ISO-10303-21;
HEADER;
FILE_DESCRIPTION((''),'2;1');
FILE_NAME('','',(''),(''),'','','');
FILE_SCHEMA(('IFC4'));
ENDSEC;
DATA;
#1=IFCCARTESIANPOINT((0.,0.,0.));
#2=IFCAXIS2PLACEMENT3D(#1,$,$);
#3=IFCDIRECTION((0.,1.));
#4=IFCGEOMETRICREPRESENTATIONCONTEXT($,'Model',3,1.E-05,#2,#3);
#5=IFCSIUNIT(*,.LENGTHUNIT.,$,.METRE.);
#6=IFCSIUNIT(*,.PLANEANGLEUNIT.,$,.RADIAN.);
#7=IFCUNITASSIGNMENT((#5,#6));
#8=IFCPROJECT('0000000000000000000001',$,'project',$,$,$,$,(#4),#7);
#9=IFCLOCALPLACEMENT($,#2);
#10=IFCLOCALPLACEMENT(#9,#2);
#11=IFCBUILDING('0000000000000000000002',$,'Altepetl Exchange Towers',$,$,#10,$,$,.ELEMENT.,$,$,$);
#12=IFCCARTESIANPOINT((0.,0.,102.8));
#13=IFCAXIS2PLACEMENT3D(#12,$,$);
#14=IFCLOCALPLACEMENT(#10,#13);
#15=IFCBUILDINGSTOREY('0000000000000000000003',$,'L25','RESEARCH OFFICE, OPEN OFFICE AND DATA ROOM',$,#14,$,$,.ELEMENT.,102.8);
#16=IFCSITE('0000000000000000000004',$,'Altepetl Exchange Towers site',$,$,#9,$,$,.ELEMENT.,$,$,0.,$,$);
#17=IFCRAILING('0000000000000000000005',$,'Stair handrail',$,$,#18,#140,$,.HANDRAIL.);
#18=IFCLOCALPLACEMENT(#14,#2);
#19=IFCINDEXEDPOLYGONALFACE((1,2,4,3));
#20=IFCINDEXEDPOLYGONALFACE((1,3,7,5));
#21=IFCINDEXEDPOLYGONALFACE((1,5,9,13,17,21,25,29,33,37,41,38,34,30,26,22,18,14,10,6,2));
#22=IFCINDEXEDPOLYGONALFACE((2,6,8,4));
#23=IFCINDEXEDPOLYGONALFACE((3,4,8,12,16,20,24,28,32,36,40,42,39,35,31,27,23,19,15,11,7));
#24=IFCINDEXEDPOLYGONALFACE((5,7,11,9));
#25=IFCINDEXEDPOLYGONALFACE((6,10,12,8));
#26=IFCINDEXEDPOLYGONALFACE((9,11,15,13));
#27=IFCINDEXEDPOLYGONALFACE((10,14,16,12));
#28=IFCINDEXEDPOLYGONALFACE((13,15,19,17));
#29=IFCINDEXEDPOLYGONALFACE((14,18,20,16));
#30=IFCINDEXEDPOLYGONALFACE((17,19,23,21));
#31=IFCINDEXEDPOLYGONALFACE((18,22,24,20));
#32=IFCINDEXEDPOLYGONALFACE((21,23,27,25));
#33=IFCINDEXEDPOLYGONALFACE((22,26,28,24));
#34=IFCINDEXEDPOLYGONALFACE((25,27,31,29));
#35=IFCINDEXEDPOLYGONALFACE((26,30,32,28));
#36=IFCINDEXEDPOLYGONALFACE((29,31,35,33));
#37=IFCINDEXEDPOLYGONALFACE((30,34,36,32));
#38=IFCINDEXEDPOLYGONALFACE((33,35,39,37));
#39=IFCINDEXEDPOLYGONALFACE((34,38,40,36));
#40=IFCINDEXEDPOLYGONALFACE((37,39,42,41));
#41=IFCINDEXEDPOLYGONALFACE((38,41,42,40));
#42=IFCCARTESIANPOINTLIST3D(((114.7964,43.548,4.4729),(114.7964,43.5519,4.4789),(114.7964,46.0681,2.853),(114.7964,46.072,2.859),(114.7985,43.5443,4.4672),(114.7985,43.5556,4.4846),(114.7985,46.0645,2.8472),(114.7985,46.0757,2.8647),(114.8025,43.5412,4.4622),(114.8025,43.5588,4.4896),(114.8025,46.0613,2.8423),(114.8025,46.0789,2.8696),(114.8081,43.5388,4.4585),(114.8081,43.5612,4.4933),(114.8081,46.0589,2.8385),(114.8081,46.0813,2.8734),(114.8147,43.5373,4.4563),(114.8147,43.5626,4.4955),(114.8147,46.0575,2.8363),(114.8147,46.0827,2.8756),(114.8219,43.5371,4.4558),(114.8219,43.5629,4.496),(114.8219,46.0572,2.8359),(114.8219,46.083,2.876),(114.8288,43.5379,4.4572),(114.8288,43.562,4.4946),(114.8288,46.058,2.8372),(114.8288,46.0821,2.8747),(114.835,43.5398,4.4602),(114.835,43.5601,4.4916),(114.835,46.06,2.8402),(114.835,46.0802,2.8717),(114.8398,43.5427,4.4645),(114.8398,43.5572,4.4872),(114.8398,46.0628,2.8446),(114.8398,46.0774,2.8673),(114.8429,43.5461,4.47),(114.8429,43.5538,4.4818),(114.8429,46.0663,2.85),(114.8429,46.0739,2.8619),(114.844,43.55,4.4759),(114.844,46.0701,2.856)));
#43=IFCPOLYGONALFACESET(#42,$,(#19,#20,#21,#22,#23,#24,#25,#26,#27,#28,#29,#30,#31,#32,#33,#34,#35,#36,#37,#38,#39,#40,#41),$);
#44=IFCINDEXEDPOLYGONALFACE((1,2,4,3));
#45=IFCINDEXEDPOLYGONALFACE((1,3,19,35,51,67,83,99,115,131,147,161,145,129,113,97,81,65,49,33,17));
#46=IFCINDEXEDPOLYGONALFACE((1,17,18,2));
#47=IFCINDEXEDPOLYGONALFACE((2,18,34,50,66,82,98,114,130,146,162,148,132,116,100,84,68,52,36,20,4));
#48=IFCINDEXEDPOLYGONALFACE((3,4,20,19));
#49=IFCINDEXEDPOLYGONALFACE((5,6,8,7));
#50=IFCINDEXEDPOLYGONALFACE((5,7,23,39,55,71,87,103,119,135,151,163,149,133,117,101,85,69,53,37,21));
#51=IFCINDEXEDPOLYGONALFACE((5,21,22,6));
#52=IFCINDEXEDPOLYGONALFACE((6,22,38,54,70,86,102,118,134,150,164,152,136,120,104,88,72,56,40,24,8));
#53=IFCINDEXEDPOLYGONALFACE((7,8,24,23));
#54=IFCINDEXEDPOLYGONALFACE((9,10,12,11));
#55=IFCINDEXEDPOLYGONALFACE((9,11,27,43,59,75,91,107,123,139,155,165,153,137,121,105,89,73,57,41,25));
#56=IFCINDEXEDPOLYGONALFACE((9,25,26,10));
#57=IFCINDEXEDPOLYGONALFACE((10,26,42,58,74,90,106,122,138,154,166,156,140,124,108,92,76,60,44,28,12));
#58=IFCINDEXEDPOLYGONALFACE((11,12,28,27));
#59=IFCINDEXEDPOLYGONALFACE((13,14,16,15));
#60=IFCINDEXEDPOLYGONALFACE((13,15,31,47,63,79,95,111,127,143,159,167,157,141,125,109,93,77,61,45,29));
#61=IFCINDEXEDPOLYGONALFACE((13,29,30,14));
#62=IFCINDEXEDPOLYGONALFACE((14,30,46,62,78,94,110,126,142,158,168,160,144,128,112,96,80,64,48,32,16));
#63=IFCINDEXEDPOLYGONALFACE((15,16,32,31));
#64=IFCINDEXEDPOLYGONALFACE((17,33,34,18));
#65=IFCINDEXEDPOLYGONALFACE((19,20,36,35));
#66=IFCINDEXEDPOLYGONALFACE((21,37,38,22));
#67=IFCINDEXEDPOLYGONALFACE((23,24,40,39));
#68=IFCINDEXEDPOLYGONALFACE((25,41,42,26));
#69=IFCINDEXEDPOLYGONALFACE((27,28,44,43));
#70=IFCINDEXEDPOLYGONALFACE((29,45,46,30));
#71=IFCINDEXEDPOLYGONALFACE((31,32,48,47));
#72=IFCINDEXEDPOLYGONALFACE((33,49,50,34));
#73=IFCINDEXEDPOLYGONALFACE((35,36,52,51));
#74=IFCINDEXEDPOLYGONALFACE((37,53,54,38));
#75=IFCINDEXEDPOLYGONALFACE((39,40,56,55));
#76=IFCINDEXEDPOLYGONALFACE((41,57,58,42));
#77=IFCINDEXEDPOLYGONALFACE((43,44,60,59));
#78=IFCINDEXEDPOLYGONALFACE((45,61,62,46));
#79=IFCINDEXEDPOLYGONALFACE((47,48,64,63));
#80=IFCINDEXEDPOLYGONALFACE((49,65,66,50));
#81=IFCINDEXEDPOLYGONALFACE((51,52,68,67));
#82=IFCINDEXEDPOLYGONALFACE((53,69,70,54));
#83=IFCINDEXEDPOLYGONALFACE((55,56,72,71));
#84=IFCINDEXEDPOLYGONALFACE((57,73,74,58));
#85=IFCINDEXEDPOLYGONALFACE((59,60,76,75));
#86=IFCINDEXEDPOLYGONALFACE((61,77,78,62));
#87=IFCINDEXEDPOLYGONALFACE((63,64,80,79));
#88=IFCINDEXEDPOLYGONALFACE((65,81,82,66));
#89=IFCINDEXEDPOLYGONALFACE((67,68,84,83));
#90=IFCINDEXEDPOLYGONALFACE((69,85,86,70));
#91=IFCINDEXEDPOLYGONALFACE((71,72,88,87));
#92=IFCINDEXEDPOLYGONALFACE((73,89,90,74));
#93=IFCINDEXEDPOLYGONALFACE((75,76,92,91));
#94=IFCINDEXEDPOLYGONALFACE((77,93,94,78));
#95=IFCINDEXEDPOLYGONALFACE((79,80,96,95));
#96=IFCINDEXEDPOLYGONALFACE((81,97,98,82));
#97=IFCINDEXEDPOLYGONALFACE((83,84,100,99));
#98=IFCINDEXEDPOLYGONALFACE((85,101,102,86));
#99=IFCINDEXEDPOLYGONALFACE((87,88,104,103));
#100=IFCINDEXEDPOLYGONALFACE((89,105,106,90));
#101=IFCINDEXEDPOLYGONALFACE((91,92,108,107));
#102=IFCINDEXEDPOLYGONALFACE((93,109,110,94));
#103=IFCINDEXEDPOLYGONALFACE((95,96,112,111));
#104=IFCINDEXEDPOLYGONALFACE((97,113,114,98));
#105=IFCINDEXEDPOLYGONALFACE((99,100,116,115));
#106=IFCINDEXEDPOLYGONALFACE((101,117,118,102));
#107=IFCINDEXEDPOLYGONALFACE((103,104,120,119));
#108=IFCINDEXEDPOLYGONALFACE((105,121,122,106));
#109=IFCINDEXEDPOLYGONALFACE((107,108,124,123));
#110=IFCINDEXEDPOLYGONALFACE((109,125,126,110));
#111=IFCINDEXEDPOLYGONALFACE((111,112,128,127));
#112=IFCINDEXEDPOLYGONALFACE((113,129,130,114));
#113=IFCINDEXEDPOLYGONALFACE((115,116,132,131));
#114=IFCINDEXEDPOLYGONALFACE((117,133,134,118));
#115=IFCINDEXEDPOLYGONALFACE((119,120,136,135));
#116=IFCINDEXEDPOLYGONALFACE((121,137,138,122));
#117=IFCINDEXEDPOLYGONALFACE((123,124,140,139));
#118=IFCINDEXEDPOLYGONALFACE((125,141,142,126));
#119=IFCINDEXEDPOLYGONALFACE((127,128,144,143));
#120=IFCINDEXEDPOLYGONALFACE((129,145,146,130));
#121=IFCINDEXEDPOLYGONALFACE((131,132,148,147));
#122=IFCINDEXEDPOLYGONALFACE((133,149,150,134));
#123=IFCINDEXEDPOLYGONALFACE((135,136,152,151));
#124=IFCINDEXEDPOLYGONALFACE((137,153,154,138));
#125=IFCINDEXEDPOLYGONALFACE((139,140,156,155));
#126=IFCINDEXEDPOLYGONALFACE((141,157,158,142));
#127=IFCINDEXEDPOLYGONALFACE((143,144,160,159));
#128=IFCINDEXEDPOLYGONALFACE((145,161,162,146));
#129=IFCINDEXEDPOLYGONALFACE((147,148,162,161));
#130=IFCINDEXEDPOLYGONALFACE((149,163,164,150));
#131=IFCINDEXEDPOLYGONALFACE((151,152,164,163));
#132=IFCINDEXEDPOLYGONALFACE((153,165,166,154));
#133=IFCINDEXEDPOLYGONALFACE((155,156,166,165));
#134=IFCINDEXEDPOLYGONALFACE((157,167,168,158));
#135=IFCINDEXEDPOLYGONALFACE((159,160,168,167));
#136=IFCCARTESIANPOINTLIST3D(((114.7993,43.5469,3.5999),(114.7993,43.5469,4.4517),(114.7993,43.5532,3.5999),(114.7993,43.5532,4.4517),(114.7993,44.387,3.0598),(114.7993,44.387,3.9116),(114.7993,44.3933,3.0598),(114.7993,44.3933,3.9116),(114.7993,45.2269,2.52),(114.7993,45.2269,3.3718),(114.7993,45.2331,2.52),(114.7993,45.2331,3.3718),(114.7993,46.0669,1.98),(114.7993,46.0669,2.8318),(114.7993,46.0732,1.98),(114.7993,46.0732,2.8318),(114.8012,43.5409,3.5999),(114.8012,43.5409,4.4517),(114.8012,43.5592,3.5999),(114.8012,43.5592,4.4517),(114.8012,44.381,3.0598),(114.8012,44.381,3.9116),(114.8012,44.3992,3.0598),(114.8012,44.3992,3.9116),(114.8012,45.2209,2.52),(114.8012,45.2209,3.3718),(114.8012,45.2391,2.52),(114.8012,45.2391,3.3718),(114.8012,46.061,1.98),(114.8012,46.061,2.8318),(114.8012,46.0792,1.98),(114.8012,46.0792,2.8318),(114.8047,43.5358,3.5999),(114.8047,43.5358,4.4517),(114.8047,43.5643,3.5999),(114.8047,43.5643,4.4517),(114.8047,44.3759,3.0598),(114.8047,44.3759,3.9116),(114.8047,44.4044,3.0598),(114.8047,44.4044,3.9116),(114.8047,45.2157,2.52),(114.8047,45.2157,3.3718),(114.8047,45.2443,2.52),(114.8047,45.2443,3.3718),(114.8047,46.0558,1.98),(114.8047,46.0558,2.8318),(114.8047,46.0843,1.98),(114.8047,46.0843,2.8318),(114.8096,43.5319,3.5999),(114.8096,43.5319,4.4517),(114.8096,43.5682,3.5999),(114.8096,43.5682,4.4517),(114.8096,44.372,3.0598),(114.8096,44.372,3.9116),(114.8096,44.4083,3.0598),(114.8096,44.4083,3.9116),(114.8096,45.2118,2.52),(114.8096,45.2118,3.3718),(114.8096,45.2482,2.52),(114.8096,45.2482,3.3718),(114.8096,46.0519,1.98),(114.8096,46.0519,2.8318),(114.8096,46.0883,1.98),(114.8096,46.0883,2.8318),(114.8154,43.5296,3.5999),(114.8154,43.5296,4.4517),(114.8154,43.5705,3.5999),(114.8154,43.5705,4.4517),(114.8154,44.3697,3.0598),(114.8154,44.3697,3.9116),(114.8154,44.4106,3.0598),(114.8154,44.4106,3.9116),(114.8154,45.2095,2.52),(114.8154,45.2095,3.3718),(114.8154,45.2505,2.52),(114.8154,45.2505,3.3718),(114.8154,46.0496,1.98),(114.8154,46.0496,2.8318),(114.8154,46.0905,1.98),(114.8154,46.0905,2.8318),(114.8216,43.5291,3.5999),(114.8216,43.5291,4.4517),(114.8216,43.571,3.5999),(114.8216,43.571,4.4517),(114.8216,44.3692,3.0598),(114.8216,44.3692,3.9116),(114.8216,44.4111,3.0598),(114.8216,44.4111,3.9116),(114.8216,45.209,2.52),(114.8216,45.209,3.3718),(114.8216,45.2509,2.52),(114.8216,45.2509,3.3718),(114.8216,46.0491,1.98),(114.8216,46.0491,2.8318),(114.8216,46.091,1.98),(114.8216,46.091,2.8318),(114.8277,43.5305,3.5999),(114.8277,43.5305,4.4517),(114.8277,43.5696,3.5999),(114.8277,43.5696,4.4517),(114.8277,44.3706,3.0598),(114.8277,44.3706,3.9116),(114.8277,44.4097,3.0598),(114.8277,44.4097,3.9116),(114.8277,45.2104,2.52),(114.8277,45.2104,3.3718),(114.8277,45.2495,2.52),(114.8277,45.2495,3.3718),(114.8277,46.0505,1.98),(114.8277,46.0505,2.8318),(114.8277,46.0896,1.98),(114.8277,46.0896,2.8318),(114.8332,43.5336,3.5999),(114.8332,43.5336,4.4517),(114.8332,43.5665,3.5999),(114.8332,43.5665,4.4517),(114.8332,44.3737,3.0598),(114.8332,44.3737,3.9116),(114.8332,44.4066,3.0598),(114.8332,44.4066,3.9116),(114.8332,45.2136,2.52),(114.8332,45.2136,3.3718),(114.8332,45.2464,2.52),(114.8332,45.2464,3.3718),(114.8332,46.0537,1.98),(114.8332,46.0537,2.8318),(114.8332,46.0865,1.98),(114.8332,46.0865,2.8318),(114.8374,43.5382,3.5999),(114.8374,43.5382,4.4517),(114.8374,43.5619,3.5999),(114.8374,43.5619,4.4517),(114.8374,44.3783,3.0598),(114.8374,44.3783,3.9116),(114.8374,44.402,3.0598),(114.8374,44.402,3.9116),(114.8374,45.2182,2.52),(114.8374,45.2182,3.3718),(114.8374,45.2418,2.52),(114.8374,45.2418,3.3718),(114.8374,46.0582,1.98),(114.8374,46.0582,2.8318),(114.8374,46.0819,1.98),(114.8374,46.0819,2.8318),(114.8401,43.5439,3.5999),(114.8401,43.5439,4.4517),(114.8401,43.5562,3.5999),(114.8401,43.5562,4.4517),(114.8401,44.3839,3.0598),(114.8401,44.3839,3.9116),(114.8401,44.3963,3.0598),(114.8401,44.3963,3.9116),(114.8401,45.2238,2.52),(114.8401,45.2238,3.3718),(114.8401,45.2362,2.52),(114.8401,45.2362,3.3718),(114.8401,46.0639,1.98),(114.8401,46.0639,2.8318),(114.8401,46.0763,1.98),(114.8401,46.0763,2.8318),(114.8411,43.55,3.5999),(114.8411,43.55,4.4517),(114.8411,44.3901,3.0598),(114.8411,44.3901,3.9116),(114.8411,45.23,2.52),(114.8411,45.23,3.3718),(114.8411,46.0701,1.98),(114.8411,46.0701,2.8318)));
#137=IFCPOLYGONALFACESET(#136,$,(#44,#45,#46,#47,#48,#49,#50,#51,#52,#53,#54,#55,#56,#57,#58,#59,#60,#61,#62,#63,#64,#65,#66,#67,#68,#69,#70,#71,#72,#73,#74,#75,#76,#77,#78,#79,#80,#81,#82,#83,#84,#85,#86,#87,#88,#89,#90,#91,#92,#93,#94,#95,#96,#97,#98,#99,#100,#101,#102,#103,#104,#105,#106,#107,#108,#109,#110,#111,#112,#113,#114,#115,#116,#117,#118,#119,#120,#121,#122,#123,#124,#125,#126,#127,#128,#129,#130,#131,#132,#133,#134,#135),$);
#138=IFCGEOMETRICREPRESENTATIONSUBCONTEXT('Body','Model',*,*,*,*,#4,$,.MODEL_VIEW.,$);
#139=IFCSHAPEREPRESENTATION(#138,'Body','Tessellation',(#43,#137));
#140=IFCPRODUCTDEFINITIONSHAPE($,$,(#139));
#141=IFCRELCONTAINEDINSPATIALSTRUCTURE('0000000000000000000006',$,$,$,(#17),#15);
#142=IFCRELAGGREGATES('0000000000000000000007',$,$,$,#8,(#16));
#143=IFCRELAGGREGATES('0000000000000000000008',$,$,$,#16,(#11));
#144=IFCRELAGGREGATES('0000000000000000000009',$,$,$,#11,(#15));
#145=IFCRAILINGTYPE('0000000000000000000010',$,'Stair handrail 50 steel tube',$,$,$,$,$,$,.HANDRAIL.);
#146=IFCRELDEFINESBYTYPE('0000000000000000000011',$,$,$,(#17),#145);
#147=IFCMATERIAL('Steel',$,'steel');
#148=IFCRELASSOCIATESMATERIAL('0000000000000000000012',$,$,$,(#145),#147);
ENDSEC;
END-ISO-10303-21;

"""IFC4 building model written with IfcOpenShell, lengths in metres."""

from ifc_helpers import new_model, si_unit, direction, frame, origin, origin_2d, place, context, subcontext, project, spatial, circle, extrude, source, transform, mapped, material, type_object, element, save


model = new_model("IFC4")

# Units and contexts
model_context = context("Model", 3, precision=1e-05, world=origin(), true_north=direction((0.0, 1.0)))
body_context = subcontext(model_context, "Body", "Model", "MODEL_VIEW")
ifc_project = project(units=[si_unit("LENGTHUNIT", "METRE"), si_unit("PLANEANGLEUNIT", "RADIAN")], contexts=[model_context])

# Site, building, storey
site_placement = place(None, origin())
site = spatial("IfcSite", under=ifc_project, at=site_placement, Name="Altepetl Exchange Towers site", CompositionType="ELEMENT", RefElevation=0.0)
building_placement = place(site_placement, origin())
building = spatial("IfcBuilding", under=site, at=building_placement, Name="Altepetl Exchange Towers", CompositionType="ELEMENT")
storey_placement = place(building_placement, frame((0.0, 0.0, 102.8)))
storey = spatial("IfcBuildingStorey", under=building, at=storey_placement, Name="L25", Description="RESEARCH OFFICE, OPEN OFFICE AND DATA ROOM", CompositionType="ELEMENT", Elevation=102.8)

# Railing
ifc_material_1 = material(Name="Steel", Category="steel")
railing_type = type_object("IfcRailingType", Name="Stair handrail 50 steel tube", PredefinedType="HANDRAIL", material=ifc_material_1)
shared_shape = source(origin(), body_context, "Body", "SweptSolid", [
    extrude(circle(Radius=0.021, at=origin_2d()), origin(), (0.0, 0.0, 1.0), 0.8518),
])
railing_1_placement = place(storey_placement, frame((114.8201, 46.0701, 1.98)))
element("IfcRailing", 1, at=railing_1_placement, inside=storey, type_object=railing_type, Name="Stair handrail", PredefinedType="HANDRAIL", context=body_context, shape_type="SweptSolid", body=[
    extrude(circle(Radius=0.0239, at=origin_2d()), frame((0.0, 0.0, 0.876), z_axis=(0.0, -0.8412, 0.540725), x_axis=(1.0, 0.0, 0.0)), (0.0, 0.0, 1.0), 2.9958),
    mapped(shared_shape, transform((0.0, 0.0, 0.0))),
    mapped(shared_shape, transform((0.0, -0.8401, 0.54))),
    mapped(shared_shape, transform((0.0, -1.6799, 1.0798))),
    mapped(shared_shape, transform((0.0, -2.52, 1.6199))),
])

save(model, "model.ifc")
